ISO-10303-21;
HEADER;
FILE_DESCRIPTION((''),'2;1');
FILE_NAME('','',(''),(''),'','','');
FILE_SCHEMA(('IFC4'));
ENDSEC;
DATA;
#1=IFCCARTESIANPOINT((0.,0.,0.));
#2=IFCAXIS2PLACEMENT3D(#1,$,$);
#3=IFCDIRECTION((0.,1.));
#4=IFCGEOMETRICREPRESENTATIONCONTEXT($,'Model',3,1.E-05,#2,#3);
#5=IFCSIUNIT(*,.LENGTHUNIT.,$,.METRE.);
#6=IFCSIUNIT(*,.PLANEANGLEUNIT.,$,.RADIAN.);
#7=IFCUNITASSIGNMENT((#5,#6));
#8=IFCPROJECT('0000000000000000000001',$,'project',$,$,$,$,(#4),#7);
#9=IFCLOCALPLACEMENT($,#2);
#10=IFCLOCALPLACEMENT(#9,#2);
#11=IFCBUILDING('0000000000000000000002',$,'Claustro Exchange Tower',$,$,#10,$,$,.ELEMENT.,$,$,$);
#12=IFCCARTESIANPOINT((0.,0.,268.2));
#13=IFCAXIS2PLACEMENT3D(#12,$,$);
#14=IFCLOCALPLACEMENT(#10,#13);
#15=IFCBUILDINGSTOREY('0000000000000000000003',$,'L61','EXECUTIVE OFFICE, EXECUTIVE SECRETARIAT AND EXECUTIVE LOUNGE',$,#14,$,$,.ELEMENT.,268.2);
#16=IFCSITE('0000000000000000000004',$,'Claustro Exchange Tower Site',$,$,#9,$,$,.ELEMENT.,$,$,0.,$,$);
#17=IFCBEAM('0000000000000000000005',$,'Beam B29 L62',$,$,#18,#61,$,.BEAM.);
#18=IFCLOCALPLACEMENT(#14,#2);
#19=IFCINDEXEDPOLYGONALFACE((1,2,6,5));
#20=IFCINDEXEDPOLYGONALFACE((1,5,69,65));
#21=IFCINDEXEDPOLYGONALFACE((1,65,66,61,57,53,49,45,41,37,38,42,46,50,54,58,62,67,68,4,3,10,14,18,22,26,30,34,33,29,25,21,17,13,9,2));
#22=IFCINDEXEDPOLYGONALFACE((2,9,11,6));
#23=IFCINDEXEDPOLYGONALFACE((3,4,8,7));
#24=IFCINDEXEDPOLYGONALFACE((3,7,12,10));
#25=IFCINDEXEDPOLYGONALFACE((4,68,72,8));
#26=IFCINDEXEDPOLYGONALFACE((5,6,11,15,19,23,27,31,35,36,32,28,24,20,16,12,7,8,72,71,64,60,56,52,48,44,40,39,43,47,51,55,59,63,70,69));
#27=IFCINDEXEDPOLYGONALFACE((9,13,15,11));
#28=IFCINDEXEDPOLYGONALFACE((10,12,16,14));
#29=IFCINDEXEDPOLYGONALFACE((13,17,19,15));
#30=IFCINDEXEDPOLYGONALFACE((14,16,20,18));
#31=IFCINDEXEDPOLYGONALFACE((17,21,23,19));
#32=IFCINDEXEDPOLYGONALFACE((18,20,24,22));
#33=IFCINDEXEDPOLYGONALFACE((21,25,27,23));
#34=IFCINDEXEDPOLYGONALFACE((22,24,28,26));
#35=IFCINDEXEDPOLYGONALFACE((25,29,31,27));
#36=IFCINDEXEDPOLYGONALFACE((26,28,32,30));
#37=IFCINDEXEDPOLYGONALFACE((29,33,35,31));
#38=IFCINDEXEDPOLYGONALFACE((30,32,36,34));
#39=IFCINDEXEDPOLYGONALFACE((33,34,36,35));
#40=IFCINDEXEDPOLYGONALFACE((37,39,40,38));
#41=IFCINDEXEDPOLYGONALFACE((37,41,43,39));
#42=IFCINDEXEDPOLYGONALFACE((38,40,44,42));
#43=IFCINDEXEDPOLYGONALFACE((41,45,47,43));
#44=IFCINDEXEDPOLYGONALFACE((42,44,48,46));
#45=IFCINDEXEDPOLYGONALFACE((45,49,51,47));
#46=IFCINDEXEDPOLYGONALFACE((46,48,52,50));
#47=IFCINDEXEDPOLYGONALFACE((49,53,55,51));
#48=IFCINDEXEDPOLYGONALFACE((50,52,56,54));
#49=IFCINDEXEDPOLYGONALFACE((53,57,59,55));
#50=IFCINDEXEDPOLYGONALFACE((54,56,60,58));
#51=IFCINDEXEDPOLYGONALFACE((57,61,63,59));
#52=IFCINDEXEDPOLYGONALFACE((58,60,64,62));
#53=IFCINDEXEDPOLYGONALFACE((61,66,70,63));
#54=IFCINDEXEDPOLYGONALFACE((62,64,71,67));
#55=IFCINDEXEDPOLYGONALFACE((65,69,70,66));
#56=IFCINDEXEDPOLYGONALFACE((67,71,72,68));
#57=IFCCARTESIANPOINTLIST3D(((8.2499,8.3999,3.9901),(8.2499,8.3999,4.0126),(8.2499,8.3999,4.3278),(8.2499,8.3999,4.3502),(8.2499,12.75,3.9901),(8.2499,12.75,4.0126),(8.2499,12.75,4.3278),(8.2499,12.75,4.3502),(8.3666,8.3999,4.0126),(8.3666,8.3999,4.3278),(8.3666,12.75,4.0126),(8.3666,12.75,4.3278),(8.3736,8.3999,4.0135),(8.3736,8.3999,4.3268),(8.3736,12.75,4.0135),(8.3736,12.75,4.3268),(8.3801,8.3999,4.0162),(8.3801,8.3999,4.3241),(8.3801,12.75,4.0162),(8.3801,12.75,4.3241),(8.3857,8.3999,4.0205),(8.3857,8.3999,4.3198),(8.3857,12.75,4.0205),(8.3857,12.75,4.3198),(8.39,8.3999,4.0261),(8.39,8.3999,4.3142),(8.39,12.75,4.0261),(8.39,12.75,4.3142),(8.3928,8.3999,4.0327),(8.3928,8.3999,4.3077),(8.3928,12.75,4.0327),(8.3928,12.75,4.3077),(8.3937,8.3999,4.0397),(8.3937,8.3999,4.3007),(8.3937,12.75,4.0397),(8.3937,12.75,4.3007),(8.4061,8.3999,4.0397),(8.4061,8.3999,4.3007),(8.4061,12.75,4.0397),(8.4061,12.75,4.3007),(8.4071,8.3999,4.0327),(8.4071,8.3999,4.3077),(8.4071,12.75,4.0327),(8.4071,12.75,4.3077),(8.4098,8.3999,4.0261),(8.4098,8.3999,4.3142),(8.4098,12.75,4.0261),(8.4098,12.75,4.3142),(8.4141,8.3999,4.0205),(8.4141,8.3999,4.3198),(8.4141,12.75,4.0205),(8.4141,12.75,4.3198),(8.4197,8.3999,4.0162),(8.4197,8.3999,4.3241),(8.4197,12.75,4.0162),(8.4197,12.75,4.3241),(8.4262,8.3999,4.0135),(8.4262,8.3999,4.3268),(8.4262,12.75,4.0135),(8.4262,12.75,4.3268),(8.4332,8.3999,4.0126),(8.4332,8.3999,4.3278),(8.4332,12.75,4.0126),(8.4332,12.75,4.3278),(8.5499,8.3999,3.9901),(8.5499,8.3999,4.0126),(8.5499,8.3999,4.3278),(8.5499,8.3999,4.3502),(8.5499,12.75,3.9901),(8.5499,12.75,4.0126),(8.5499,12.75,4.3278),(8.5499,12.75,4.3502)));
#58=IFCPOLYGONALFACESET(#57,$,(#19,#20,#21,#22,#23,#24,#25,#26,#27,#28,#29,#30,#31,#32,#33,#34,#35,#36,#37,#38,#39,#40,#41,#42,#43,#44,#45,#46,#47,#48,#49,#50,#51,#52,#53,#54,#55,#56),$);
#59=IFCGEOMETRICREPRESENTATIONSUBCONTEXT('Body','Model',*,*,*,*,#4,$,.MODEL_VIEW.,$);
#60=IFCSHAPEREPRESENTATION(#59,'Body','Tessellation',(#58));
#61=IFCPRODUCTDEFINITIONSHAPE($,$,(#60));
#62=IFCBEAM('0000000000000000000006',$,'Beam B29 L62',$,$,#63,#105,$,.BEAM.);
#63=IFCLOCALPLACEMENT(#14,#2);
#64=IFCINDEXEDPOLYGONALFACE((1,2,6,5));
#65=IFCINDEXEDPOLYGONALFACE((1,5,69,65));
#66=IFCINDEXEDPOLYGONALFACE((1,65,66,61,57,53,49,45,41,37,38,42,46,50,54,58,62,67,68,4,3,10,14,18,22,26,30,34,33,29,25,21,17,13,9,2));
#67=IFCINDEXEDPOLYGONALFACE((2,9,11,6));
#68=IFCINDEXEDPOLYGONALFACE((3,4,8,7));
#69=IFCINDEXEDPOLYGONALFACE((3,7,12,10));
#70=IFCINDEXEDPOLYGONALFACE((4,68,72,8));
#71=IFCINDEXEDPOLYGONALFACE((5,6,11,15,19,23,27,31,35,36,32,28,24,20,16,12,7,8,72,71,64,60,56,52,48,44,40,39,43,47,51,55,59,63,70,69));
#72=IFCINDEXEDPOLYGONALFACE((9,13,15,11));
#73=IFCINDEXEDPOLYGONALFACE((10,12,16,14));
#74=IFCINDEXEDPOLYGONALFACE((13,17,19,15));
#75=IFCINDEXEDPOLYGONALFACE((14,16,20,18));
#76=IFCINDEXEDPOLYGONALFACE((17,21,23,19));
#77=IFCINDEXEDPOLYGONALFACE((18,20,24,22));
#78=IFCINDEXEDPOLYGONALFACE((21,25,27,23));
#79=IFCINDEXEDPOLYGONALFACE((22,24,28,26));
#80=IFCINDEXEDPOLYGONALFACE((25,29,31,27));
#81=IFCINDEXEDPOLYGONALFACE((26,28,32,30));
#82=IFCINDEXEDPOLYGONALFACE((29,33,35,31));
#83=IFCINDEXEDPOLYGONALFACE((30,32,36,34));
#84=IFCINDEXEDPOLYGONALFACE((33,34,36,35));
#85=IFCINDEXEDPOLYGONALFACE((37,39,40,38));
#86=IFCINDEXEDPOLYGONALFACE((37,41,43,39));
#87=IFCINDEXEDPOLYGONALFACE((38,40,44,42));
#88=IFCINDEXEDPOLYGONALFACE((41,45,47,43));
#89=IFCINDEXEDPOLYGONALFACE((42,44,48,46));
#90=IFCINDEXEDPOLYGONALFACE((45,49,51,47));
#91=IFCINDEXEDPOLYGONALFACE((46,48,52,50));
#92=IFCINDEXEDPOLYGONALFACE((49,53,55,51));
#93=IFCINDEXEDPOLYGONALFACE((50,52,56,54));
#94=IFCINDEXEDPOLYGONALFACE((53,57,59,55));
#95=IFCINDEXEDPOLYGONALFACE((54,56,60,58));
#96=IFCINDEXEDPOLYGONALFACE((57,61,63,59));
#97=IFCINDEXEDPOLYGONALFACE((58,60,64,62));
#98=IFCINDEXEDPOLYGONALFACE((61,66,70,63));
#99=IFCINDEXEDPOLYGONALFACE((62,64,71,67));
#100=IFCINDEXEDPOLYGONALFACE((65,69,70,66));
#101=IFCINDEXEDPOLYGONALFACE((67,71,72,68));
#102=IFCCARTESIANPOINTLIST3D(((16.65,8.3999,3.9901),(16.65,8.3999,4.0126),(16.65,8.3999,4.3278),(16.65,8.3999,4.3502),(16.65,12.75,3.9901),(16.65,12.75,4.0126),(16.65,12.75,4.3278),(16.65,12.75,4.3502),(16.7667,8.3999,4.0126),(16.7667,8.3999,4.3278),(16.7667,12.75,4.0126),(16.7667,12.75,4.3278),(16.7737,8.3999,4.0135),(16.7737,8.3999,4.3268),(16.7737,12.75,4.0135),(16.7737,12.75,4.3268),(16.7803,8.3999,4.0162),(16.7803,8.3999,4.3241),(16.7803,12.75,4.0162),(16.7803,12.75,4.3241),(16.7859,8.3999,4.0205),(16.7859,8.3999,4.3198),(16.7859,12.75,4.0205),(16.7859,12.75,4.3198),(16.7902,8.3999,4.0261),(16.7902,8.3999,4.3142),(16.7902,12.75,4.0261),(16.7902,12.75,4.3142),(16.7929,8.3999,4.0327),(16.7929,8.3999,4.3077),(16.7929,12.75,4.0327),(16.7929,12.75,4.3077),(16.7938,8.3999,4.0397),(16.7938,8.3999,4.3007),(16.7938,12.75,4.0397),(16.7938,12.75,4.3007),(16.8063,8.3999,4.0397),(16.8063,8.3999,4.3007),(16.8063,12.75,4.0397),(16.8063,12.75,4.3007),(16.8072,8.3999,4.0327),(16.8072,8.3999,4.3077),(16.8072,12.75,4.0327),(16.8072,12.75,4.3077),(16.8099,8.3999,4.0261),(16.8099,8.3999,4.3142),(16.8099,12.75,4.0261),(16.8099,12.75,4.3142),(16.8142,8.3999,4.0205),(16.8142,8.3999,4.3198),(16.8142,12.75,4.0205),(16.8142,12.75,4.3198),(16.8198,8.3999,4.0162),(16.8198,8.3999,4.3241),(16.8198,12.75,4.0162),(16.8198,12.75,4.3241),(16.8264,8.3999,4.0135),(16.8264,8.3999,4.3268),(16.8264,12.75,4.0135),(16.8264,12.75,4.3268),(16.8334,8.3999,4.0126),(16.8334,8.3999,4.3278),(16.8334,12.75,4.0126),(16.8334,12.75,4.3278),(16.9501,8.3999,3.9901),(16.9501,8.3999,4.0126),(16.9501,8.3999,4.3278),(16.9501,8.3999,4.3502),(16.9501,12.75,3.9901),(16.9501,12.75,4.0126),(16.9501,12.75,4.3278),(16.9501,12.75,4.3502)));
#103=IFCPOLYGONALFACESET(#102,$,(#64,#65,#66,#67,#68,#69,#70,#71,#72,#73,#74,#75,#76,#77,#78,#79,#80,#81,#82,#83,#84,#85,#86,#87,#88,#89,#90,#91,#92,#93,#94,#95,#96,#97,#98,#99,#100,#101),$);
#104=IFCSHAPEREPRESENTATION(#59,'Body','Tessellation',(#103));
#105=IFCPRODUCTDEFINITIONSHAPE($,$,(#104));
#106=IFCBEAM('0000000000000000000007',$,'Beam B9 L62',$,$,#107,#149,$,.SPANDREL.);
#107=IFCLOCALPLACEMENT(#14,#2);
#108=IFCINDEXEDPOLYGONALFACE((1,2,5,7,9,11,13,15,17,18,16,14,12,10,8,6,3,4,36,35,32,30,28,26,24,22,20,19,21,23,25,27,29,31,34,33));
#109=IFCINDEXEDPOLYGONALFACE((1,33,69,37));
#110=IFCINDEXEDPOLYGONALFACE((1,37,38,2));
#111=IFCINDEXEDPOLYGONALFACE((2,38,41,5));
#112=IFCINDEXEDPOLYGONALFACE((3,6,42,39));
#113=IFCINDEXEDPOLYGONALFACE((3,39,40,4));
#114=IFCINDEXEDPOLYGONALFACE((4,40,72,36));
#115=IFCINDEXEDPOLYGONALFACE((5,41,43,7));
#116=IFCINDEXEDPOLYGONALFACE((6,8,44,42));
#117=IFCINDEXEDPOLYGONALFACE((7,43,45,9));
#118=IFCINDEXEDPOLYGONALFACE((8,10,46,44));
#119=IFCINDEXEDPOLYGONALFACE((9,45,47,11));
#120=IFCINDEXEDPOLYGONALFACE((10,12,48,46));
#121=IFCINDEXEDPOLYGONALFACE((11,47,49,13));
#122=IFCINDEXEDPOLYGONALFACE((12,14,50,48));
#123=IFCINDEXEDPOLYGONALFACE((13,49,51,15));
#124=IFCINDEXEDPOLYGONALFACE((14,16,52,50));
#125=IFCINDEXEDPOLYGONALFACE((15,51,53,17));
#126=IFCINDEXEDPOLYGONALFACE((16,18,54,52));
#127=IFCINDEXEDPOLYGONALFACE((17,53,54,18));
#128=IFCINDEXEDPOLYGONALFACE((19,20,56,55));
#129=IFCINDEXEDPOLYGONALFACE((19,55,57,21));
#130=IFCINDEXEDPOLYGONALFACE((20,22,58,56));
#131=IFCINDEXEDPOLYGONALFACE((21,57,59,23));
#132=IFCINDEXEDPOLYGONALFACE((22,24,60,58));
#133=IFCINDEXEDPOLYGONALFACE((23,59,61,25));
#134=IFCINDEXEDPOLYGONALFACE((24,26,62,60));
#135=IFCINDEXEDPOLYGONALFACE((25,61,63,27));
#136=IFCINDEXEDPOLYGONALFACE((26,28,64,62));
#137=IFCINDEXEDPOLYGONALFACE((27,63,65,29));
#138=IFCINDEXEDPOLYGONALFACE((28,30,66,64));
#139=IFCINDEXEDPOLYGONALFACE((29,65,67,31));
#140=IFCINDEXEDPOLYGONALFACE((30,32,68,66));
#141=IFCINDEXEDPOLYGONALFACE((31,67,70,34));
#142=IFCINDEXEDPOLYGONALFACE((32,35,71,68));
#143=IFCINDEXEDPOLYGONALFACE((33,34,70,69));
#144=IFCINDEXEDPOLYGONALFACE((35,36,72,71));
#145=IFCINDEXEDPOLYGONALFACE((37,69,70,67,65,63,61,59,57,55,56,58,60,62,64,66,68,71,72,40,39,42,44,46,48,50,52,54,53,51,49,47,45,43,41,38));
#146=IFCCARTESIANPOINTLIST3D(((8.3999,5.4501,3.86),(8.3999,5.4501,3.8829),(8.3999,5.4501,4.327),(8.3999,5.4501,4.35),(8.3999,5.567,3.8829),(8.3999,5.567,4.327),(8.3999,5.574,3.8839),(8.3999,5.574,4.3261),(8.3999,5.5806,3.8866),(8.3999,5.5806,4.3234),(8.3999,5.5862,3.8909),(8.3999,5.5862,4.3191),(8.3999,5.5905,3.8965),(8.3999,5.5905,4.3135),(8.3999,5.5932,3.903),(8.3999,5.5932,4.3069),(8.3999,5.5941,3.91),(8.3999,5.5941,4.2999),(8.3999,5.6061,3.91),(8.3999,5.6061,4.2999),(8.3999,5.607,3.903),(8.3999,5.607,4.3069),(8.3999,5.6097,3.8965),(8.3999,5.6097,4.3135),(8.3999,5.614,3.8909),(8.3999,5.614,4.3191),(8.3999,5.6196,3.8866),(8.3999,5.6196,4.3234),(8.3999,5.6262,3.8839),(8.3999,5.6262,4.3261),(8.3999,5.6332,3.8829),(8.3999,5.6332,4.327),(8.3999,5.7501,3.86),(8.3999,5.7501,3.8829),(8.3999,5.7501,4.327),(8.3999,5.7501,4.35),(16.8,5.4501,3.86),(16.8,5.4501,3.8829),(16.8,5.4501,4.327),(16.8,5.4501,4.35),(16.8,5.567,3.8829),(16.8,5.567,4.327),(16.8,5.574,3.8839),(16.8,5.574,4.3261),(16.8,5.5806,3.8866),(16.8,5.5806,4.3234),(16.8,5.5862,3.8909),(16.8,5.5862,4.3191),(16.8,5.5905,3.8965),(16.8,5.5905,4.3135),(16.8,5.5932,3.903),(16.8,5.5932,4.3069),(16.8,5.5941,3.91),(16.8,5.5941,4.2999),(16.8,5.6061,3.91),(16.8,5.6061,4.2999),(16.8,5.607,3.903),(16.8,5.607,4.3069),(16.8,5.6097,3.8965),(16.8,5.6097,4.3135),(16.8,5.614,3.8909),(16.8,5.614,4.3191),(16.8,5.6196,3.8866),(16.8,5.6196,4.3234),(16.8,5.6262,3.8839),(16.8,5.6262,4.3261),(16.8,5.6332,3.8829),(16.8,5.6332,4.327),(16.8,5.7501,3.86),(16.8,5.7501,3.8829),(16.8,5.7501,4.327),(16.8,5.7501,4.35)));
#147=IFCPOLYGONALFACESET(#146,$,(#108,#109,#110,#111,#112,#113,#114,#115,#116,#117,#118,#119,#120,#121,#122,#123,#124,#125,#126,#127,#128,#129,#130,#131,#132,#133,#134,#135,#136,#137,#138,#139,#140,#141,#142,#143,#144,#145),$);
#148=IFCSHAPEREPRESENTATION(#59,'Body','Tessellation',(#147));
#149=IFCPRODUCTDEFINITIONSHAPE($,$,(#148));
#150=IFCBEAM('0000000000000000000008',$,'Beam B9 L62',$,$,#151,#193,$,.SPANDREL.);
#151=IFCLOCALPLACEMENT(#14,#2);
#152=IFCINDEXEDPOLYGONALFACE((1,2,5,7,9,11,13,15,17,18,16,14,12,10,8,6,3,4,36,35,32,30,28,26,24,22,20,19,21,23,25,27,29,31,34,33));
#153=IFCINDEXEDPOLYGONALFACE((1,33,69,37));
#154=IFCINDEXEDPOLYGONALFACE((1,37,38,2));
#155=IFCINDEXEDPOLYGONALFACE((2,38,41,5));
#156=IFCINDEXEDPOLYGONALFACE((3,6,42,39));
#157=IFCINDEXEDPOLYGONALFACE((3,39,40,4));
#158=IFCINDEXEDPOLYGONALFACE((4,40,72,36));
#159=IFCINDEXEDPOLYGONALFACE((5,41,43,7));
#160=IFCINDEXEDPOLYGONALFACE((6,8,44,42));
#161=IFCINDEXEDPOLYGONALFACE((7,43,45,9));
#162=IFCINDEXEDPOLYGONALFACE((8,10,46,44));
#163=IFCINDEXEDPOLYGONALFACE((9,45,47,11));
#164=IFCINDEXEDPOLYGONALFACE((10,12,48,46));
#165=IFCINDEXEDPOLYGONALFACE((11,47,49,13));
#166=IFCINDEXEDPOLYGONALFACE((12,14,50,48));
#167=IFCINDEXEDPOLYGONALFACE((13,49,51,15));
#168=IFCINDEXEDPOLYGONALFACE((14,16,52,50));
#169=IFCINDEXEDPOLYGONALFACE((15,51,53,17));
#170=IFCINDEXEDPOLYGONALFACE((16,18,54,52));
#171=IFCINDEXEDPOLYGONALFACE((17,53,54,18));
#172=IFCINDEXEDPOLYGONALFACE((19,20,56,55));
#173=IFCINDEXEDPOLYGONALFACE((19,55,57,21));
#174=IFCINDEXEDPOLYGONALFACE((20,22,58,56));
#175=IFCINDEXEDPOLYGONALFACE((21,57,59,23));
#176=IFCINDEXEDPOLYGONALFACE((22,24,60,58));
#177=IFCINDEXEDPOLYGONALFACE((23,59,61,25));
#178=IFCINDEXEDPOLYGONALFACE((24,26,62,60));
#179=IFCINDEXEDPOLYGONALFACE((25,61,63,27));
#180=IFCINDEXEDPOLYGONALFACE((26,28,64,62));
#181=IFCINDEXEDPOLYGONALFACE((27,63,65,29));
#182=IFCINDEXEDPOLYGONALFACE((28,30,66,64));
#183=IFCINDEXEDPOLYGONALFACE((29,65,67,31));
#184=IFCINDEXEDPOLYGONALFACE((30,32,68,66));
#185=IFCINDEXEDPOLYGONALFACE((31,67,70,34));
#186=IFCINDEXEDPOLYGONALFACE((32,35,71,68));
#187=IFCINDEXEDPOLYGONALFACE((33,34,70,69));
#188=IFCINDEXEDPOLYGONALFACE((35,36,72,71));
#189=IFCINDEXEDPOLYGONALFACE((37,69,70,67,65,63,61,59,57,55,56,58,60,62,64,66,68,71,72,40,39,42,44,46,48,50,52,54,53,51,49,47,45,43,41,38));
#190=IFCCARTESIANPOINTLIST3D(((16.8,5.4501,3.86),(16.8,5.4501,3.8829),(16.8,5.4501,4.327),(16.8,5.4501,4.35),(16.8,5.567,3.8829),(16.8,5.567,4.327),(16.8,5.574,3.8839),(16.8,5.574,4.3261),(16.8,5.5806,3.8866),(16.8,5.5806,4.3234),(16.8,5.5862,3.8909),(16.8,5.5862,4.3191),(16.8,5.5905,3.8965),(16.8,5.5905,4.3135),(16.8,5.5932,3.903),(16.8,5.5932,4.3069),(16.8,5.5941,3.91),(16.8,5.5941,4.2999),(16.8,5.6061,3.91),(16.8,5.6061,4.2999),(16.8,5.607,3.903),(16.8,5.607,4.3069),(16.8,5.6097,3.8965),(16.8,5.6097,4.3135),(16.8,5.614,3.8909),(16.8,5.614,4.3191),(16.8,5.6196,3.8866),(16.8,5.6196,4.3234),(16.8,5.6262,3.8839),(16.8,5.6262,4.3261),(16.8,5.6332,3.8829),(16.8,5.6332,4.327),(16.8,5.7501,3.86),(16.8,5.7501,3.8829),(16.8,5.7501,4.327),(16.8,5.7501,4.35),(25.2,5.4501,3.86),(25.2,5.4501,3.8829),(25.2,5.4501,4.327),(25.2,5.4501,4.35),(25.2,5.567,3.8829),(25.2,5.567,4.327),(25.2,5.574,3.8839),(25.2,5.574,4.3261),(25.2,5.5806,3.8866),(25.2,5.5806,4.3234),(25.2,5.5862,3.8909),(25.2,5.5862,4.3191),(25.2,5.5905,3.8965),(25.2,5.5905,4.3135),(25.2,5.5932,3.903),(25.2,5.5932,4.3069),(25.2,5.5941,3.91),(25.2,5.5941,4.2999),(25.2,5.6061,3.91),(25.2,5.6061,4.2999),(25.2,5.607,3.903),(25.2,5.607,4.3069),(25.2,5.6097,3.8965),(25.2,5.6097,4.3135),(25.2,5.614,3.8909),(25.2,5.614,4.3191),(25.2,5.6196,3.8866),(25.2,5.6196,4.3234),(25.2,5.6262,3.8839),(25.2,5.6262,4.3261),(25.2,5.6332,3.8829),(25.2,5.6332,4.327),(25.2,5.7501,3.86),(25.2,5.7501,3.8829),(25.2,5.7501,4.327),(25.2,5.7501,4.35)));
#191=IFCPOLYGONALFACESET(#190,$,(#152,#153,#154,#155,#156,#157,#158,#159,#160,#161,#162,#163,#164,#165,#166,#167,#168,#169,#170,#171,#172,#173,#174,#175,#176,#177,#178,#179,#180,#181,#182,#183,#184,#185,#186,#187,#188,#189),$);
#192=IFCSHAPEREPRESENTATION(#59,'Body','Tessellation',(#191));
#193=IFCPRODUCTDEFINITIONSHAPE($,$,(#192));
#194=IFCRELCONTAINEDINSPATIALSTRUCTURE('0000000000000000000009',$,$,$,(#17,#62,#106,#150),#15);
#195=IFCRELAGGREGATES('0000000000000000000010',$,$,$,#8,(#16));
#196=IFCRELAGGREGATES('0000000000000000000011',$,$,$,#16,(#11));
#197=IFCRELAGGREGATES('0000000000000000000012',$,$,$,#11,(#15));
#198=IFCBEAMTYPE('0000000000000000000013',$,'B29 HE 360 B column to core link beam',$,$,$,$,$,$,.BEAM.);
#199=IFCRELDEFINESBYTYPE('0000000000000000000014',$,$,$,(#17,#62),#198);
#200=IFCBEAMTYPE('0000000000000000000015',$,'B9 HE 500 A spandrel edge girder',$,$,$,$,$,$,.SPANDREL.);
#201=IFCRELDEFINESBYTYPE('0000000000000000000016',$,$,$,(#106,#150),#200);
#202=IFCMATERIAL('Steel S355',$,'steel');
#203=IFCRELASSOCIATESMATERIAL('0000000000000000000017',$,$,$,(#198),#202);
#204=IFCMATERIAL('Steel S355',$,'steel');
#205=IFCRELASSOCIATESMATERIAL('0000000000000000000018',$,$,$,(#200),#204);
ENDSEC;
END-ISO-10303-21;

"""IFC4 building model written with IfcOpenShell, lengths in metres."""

from ifc_helpers import new_model, si_unit, direction, frame, origin, origin_2d, place, context, subcontext, project, spatial, i_section, extrude, material, material_profile, profile_set, type_object, element, save


model = new_model("IFC4")

# Units and contexts
model_context = context("Model", 3, precision=1e-05, world=origin(), true_north=direction((0.0, 1.0)))
body_context = subcontext(model_context, "Body", "Model", "MODEL_VIEW")
ifc_project = project(units=[si_unit("LENGTHUNIT", "METRE"), si_unit("PLANEANGLEUNIT", "RADIAN")], contexts=[model_context])

# Site, building, storey
site_placement = place(None, origin())
site = spatial("IfcSite", under=ifc_project, at=site_placement, Name="Claustro Exchange Tower Site", CompositionType="ELEMENT", RefElevation=0.0)
building_placement = place(site_placement, origin())
building = spatial("IfcBuilding", under=site, at=building_placement, Name="Claustro Exchange Tower", CompositionType="ELEMENT")
storey_placement = place(building_placement, frame((0.0, 0.0, 268.2)))
storey = spatial("IfcBuildingStorey", under=building, at=storey_placement, Name="L61", Description="EXECUTIVE OFFICE, EXECUTIVE SECRETARIAT AND EXECUTIVE LOUNGE", CompositionType="ELEMENT", Elevation=268.2)

# Beams
ifc_material_1 = material(Name="Steel S355", Category="steel")
ifc_material_profile_1 = material_profile(ifc_material_1, i_section(OverallWidth=0.3, OverallDepth=0.3601, WebThickness=0.0125, FlangeThickness=0.0225, FilletRadius=0.0271, at=origin_2d()), Name="HE 360 B")
ifc_profile_set_1 = profile_set([ifc_material_profile_1], Name="Steel S355")
beam_type_1 = type_object("IfcBeamType", Name="B29 HE 360 B column to core link beam", PredefinedType="BEAM", material=ifc_profile_set_1)
for number, where, z_axis, x_axis, name in (
    (1, (8.3999, 8.3999, 4.1702), (0.0, 1.0, 0.0), (-1.0, 0.0, 0.0), "Beam B29 L62"),
    (2, (16.8, 8.3999, 4.1702), (0.0, 1.0, 0.0), (-1.0, 0.0, 0.0), "Beam B29 L62"),
):
    element("IfcBeam", number, at=place(storey_placement, frame(where, z_axis=z_axis, x_axis=x_axis)), inside=storey, type_object=beam_type_1, Name=name, PredefinedType="BEAM", context=body_context, shape_type="SweptSolid", body=[
        extrude(i_section(OverallWidth=0.3, OverallDepth=0.3601, WebThickness=0.0125, FlangeThickness=0.0225, FilletRadius=0.0271, at=origin_2d()), origin(), (0.0, 0.0, 1.0), 4.3501),
    ])
ifc_material_2 = material(Name="Steel S355", Category="steel")
ifc_material_profile_2 = material_profile(ifc_material_2, i_section(OverallWidth=0.3, OverallDepth=0.49, WebThickness=0.012, FlangeThickness=0.0229, FilletRadius=0.0271, at=origin_2d()), Name="HE 500 A")
ifc_profile_set_2 = profile_set([ifc_material_profile_2], Name="Steel S355")
beam_type_2 = type_object("IfcBeamType", Name="B9 HE 500 A spandrel edge girder", PredefinedType="SPANDREL", material=ifc_profile_set_2)
beam_1_placement = place(storey_placement, frame((8.3999, 5.6001, 4.105), z_axis=(1.0, 0.0, 0.0), x_axis=(0.0, 1.0, 0.0)))
element("IfcBeam", 3, at=beam_1_placement, inside=storey, type_object=beam_type_2, Name="Beam B9 L62", PredefinedType="SPANDREL", context=body_context, shape_type="SweptSolid", body=[
    extrude(i_section(OverallWidth=0.3, OverallDepth=0.49, WebThickness=0.012, FlangeThickness=0.0229, FilletRadius=0.0271, at=origin_2d()), origin(), (0.0, 0.0, 1.0), 8.4001),
])
beam_2_placement = place(storey_placement, frame((16.8, 5.6001, 4.105), z_axis=(1.0, 0.0, 0.0), x_axis=(0.0, 1.0, 0.0)))
element("IfcBeam", 4, at=beam_2_placement, inside=storey, type_object=beam_type_2, Name="Beam B9 L62", PredefinedType="SPANDREL", context=body_context, shape_type="SweptSolid", body=[
    extrude(i_section(OverallWidth=0.3, OverallDepth=0.49, WebThickness=0.012, FlangeThickness=0.0229, FilletRadius=0.0271, at=origin_2d()), origin(), (0.0, 0.0, 1.0), 8.3999),
])

save(model, "model.ifc")
